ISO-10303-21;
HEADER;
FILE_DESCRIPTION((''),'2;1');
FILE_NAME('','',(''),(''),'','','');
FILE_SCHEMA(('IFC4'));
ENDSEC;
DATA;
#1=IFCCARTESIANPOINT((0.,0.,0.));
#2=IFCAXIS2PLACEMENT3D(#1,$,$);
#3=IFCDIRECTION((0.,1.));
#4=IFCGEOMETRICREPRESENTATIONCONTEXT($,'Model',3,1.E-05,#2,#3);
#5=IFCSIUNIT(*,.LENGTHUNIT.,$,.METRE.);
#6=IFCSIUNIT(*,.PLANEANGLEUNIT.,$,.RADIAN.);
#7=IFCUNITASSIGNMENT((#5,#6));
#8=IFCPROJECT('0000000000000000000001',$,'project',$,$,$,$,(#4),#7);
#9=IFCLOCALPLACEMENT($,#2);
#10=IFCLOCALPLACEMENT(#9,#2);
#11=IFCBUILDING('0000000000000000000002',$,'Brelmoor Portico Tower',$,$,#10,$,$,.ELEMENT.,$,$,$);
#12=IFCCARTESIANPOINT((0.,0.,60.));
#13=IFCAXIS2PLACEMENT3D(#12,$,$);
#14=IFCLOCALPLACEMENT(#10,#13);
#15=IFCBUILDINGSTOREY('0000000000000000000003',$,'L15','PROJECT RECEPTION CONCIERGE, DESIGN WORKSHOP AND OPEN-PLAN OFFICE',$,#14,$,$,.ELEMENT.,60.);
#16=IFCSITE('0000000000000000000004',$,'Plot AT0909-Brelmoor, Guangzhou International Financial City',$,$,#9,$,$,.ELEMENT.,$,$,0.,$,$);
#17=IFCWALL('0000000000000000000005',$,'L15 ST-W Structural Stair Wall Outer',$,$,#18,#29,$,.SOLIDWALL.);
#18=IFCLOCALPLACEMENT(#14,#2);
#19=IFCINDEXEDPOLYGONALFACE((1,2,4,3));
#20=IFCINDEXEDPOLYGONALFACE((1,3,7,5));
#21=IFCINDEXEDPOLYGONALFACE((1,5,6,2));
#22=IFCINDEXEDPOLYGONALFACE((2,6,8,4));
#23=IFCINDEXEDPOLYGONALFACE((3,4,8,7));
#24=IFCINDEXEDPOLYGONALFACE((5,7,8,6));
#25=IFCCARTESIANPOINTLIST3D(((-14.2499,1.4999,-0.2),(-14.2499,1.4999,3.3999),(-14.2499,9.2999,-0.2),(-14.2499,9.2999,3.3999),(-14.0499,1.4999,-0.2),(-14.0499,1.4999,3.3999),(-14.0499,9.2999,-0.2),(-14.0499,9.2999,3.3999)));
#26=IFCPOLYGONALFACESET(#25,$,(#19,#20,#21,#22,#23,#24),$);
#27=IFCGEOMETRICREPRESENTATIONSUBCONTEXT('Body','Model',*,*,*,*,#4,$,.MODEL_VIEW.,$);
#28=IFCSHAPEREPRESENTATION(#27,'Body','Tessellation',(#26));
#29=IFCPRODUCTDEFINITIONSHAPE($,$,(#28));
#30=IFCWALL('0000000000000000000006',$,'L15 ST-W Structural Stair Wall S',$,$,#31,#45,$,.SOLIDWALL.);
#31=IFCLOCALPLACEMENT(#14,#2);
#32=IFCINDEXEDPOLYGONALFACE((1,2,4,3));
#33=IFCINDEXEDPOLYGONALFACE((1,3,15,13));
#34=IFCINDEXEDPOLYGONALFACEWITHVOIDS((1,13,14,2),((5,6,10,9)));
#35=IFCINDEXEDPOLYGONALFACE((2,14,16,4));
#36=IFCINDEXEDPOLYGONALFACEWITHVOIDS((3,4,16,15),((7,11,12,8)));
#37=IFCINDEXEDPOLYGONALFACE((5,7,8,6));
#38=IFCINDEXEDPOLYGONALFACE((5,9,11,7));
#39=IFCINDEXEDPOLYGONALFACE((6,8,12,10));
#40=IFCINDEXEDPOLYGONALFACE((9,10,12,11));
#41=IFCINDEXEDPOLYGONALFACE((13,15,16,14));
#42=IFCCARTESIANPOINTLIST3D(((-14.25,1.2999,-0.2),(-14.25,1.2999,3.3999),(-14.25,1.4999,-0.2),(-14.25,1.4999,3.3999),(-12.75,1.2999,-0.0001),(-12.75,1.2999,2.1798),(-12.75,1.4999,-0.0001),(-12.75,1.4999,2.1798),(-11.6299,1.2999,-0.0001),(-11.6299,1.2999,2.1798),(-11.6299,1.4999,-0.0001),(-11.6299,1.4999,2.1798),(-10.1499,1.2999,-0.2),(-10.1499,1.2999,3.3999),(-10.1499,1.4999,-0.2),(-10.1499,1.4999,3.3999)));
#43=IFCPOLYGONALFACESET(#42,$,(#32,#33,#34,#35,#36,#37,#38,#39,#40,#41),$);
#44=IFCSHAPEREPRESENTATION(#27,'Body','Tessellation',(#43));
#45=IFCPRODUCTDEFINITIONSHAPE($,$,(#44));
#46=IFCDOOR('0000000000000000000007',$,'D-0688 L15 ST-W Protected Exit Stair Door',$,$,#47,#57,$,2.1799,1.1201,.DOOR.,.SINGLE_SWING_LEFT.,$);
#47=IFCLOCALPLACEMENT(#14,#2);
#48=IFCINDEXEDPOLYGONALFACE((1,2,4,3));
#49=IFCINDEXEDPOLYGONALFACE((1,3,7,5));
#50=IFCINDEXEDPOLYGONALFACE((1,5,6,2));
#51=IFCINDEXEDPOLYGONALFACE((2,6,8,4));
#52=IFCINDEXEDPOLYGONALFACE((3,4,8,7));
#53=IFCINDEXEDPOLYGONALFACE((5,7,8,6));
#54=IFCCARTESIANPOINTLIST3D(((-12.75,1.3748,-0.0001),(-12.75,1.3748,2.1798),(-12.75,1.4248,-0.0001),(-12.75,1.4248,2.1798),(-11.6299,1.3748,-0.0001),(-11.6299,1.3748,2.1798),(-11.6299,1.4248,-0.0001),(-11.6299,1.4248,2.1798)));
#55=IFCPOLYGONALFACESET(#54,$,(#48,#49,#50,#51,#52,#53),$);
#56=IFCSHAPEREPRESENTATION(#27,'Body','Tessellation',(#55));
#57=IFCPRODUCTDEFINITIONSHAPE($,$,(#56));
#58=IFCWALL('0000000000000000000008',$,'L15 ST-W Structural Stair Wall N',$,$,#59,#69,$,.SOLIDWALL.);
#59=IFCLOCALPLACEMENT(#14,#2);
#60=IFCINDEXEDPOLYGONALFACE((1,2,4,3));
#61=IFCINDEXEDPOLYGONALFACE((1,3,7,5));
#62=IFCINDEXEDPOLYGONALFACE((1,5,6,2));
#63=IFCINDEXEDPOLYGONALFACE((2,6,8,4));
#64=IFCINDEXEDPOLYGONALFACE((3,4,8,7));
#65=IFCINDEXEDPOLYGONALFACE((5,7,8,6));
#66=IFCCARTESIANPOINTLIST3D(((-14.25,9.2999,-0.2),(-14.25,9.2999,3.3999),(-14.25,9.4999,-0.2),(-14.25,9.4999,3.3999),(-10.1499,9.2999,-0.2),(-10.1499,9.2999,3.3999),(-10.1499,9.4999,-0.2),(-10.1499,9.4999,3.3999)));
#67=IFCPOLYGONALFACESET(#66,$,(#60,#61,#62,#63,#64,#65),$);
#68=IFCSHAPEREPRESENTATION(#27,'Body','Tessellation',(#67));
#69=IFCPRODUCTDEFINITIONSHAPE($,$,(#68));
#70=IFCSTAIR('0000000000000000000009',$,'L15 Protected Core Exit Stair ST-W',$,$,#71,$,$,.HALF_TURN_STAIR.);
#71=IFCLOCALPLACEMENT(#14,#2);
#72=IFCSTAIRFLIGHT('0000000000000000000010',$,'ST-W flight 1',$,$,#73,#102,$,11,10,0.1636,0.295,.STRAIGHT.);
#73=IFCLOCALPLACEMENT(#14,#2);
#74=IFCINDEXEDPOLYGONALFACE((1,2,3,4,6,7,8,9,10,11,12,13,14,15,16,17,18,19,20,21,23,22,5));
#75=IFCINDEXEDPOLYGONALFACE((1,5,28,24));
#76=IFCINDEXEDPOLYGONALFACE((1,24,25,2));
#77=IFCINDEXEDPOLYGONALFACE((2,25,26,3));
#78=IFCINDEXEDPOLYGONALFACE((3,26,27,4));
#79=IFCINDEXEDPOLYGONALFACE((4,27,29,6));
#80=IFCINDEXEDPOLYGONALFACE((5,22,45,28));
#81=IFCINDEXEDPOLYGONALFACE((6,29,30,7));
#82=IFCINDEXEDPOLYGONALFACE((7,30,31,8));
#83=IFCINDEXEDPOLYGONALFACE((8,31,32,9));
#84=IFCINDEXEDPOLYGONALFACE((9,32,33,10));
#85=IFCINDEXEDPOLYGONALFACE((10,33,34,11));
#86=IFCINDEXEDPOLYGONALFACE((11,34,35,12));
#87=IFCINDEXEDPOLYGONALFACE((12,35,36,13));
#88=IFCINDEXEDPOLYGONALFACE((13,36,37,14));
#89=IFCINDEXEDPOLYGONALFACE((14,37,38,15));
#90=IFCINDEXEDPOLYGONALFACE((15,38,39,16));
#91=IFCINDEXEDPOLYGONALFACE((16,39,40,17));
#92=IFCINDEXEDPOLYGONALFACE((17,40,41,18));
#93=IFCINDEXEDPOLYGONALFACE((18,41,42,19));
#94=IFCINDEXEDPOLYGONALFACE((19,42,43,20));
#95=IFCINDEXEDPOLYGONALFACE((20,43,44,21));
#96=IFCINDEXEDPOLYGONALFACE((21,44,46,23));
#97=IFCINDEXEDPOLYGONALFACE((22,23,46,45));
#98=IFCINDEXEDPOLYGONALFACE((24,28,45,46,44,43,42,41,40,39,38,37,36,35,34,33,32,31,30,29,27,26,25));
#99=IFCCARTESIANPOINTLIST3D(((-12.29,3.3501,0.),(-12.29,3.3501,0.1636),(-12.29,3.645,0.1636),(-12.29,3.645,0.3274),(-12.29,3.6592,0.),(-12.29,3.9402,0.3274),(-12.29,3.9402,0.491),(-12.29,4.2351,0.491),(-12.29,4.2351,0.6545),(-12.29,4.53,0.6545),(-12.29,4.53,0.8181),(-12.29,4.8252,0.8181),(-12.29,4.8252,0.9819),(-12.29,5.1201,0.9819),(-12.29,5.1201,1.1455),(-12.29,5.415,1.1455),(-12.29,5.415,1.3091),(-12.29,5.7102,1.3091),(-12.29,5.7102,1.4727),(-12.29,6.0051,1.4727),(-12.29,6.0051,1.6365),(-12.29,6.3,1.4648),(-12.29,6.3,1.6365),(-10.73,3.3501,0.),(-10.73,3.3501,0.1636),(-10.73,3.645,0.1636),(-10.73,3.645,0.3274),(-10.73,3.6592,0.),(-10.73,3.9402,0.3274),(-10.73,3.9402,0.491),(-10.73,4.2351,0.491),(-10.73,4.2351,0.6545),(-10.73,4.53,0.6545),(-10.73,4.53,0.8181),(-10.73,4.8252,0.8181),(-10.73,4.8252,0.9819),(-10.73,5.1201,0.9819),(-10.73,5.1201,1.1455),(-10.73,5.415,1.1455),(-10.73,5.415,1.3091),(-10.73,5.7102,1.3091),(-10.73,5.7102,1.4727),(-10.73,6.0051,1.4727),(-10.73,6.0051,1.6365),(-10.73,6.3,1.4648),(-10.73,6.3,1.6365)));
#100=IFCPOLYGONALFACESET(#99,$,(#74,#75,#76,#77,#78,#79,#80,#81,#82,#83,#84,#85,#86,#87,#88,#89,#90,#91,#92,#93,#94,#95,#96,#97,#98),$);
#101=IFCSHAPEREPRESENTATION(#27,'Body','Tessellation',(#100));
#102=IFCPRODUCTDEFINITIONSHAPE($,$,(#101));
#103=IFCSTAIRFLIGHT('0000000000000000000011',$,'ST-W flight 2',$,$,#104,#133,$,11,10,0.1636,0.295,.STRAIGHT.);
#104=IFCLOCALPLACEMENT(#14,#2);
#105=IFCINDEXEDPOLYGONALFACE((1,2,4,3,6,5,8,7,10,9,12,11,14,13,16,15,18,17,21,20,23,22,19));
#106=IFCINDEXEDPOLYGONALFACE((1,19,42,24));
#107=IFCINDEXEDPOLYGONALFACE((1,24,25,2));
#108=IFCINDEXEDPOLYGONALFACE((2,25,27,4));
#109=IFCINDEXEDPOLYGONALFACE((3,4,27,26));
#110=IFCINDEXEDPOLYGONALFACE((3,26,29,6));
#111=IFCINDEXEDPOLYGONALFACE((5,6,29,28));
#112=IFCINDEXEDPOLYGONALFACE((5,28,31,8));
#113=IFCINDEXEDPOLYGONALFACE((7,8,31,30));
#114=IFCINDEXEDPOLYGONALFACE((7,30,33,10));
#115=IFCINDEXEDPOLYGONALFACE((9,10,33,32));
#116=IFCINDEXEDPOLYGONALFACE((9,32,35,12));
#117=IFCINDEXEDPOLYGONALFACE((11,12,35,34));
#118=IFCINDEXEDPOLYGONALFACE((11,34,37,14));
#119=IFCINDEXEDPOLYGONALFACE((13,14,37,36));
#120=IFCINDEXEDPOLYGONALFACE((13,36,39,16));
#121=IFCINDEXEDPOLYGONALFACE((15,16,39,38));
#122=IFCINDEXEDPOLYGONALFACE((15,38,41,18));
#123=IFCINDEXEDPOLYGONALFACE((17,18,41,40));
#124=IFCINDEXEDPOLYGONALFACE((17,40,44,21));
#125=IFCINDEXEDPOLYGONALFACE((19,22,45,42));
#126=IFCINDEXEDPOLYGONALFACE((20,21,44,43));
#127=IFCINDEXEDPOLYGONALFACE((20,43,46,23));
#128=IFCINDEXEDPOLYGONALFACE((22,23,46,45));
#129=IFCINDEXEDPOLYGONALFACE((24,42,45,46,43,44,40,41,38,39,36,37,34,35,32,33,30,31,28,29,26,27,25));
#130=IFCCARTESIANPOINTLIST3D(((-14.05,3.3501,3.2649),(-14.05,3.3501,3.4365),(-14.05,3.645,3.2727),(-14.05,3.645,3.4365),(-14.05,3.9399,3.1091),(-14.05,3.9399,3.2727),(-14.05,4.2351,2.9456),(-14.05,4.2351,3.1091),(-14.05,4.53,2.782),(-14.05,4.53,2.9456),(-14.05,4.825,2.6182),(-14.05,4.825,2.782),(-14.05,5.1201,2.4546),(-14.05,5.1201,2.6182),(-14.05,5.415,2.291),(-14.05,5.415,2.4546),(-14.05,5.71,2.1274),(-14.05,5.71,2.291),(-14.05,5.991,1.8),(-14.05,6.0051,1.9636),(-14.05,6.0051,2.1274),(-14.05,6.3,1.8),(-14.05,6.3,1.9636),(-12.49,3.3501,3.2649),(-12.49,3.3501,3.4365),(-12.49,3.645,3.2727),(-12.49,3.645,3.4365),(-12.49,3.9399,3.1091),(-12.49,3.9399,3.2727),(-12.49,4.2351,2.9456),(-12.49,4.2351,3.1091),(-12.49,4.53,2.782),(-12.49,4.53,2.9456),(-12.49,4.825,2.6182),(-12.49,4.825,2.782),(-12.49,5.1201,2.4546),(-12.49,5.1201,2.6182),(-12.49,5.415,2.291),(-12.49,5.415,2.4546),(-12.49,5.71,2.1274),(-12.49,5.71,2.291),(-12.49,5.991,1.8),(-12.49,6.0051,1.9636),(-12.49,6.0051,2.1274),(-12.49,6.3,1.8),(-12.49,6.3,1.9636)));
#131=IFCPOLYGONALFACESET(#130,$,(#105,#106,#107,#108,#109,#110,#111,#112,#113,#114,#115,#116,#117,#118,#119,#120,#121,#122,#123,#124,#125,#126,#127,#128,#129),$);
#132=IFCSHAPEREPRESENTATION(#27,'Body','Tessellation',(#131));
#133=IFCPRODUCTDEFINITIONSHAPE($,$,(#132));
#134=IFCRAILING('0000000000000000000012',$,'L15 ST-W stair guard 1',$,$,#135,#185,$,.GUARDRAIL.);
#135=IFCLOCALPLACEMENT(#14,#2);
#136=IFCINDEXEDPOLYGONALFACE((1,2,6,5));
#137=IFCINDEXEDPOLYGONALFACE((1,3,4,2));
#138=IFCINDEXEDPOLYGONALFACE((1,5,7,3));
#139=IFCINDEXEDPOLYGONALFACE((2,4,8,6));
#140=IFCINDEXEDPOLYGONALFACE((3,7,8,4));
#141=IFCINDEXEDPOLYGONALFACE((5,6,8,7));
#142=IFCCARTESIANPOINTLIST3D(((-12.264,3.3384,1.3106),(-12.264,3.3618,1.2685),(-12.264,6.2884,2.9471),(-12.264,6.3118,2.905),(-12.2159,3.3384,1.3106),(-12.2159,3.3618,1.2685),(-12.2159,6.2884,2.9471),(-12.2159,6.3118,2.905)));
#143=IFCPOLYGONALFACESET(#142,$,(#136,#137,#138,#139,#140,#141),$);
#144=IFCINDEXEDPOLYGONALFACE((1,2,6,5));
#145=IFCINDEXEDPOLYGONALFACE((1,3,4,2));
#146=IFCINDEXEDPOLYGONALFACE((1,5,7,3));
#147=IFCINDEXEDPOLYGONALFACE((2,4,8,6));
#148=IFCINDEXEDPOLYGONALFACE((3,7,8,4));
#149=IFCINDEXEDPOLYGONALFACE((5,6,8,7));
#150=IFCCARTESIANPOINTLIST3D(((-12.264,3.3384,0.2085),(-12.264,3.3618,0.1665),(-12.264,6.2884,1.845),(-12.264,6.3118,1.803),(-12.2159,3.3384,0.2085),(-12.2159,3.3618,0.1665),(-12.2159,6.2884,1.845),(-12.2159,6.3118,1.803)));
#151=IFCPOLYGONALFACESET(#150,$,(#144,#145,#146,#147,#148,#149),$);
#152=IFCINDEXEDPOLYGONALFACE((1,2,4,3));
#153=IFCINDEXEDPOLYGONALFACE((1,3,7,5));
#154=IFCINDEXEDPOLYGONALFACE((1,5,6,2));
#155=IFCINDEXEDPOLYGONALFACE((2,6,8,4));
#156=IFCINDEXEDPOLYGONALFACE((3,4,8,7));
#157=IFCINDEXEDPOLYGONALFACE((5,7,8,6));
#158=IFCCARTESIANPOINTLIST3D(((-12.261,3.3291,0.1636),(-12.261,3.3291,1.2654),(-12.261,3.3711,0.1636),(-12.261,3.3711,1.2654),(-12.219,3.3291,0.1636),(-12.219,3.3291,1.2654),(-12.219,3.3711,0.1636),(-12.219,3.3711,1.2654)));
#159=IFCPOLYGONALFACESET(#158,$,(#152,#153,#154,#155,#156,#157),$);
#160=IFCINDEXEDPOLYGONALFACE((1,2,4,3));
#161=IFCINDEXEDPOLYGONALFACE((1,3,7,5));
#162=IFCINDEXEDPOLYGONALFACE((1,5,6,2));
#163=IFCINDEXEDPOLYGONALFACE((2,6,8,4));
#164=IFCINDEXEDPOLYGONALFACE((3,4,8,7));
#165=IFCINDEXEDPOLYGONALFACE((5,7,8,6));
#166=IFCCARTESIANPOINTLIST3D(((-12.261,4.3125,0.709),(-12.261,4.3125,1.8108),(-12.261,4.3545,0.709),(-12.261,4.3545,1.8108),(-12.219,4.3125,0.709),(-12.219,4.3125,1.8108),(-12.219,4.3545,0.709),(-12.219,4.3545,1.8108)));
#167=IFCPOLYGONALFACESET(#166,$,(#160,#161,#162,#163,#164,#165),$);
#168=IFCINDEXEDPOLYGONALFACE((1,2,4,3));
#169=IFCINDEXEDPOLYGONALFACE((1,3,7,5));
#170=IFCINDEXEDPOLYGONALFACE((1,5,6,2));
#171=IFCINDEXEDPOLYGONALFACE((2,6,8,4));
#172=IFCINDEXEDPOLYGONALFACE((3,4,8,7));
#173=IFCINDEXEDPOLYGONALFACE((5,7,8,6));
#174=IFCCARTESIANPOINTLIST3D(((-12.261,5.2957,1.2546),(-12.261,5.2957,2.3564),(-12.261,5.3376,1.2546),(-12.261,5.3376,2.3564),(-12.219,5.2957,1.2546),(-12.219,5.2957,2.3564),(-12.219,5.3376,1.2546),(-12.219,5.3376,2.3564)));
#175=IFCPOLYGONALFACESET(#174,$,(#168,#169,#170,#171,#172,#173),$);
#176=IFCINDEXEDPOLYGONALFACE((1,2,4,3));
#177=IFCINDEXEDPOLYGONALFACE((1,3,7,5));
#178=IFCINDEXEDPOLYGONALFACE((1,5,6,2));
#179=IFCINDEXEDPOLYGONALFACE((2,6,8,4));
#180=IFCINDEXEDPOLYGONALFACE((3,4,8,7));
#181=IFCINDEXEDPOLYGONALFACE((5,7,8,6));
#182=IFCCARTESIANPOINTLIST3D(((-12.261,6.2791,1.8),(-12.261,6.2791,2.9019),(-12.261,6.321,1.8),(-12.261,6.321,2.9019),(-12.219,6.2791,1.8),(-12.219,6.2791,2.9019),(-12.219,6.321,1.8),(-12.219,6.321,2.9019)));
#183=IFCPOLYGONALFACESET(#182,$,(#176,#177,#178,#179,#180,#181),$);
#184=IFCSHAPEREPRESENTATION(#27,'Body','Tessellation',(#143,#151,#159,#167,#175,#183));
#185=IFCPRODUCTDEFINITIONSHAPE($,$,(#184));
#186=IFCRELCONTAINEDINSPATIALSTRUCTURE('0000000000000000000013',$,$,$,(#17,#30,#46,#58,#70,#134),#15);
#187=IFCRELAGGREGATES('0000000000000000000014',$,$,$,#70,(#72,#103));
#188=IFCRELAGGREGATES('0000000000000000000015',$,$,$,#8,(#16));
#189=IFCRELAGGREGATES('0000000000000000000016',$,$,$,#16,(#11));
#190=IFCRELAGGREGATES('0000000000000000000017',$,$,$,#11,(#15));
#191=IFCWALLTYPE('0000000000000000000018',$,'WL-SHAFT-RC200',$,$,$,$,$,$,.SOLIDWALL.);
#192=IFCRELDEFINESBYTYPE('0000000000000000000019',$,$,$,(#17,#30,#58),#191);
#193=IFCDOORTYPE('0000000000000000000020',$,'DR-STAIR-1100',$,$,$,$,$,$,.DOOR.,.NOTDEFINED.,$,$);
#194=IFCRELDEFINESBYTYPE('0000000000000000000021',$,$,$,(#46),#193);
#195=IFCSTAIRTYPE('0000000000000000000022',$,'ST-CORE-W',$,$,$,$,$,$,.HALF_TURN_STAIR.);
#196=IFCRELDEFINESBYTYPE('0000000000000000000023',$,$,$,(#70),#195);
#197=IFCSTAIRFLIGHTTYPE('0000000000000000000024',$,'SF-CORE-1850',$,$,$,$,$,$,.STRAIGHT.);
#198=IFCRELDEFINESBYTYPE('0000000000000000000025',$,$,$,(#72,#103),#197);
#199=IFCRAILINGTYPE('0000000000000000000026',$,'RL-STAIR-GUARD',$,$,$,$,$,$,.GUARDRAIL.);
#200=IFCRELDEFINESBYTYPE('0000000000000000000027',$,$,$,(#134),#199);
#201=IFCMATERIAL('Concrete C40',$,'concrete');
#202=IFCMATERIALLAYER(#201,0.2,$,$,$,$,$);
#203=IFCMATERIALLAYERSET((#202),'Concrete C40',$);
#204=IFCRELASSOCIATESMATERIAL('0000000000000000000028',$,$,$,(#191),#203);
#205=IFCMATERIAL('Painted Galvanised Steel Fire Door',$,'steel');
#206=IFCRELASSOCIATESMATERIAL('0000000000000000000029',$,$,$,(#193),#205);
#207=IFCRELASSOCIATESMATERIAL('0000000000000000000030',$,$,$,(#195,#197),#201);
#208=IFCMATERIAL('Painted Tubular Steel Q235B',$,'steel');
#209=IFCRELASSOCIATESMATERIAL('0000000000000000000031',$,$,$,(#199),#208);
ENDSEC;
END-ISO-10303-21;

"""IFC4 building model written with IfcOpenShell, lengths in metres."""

from ifc_helpers import new_model, si_unit, direction, frame, frame_2d, origin, origin_2d, place, context, subcontext, project, spatial, polyline, rectangle, outline, extrude, material, layer, layer_set, type_object, element, fill, aggregate, save


model = new_model("IFC4")

# Units and contexts
model_context = context("Model", 3, precision=1e-05, world=origin(), true_north=direction((0.0, 1.0)))
body_context = subcontext(model_context, "Body", "Model", "MODEL_VIEW")
ifc_project = project(units=[si_unit("LENGTHUNIT", "METRE"), si_unit("PLANEANGLEUNIT", "RADIAN")], contexts=[model_context])

# Site, building, storey
site_placement = place(None, origin())
site = spatial("IfcSite", under=ifc_project, at=site_placement, Name="Plot AT0909-Brelmoor, Guangzhou International Financial City", CompositionType="ELEMENT", RefElevation=0.0)
building_placement = place(site_placement, origin())
building = spatial("IfcBuilding", under=site, at=building_placement, Name="Brelmoor Portico Tower", CompositionType="ELEMENT")
storey_placement = place(building_placement, frame((0.0, 0.0, 60.0)))
storey = spatial("IfcBuildingStorey", under=building, at=storey_placement, Name="L15", Description="PROJECT RECEPTION CONCIERGE, DESIGN WORKSHOP AND OPEN-PLAN OFFICE", CompositionType="ELEMENT", Elevation=60.0)

# Wall
ifc_material_1 = material(Name="Concrete C40", Category="concrete")
ifc_layer_1 = layer(ifc_material_1, 0.2)
ifc_layer_set_1 = layer_set([ifc_layer_1], Name="Concrete C40")
wall_type_1 = type_object("IfcWallType", Name="WL-SHAFT-RC200", PredefinedType="SOLIDWALL", material=ifc_layer_set_1)
wall_1_placement = place(storey_placement, frame((-14.1499, 1.5, -0.2), z_axis=(0.0, 0.0, 1.0), x_axis=(0.0, 1.0, 0.0)))
element("IfcWall", 1, at=wall_1_placement, inside=storey, type_object=wall_type_1, Name="L15 ST-W Structural Stair Wall Outer", PredefinedType="SOLIDWALL", context=body_context, shape_type="SweptSolid", body=[
    extrude(rectangle(XDim=7.8, YDim=0.2, at=frame_2d((3.8999, 0.0))), origin(), (0.0, 0.0, 1.0), 3.5999),
])

# Wall, opening, door
wall_2_placement = place(storey_placement, frame((-14.25, 1.3999, -0.2), z_axis=(0.0, 0.0, 1.0), x_axis=(1.0, 0.0, 0.0)))
wall_2 = element("IfcWall", 2, at=wall_2_placement, inside=storey, type_object=wall_type_1, Name="L15 ST-W Structural Stair Wall S", PredefinedType="SOLIDWALL", context=body_context, shape_type="SweptSolid", body=[
    extrude(rectangle(XDim=4.1001, YDim=0.2, at=frame_2d((2.05, 0.0))), origin(), (0.0, 0.0, 1.0), 3.5999),
])
opening_placement = place(wall_2_placement, frame((1.5, 0.0, 0.2)))
opening = element("IfcOpeningElement", 3, at=opening_placement, cuts=wall_2, PredefinedType="OPENING", context=body_context, shape_type="SweptSolid", body=[
    extrude(rectangle(XDim=1.1201, YDim=2.1799, at=frame_2d((0.5601, 1.0898))), frame((0.0, 0.1099, 0.0), z_axis=(0.0, -1.0, 0.0), x_axis=(1.0, 0.0, 0.0)), (0.0, 0.0, 1.0), 0.22),
])
ifc_material_2 = material(Name="Painted Galvanised Steel Fire Door", Category="steel")
door_type = type_object("IfcDoorType", Name="DR-STAIR-1100", OperationType="NOTDEFINED", PredefinedType="DOOR", material=ifc_material_2)
door_placement = place(opening_placement, origin())
door = element("IfcDoor", 4, at=door_placement, inside=storey, type_object=door_type, Name="D-0688 L15 ST-W Protected Exit Stair Door", OperationType="SINGLE_SWING_LEFT", OverallHeight=2.1799, OverallWidth=1.1201, PredefinedType="DOOR", context=body_context, shape_type="SweptSolid", body=[
    extrude(rectangle(XDim=1.1201, YDim=2.1799, at=frame_2d((0.5601, 1.0898))), frame((0.0, 0.0249, 0.0), z_axis=(0.0, -1.0, 0.0), x_axis=(1.0, 0.0, 0.0)), (0.0, 0.0, 1.0), 0.05),
])
fill(opening, door)

# Wall
wall_3_placement = place(storey_placement, frame((-14.25, 9.3999, -0.2), z_axis=(0.0, 0.0, 1.0), x_axis=(1.0, 0.0, 0.0)))
element("IfcWall", 5, at=wall_3_placement, inside=storey, type_object=wall_type_1, Name="L15 ST-W Structural Stair Wall N", PredefinedType="SOLIDWALL", context=body_context, shape_type="SweptSolid", body=[
    extrude(rectangle(XDim=4.1001, YDim=0.2, at=frame_2d((2.05, 0.0))), origin(), (0.0, 0.0, 1.0), 3.5999),
])

# Stair, stair flights
stair_type = type_object("IfcStairType", Name="ST-CORE-W", PredefinedType="HALF_TURN_STAIR", material=ifc_material_1)
stair_placement = place(storey_placement, origin())
stair = element("IfcStair", 6, at=stair_placement, inside=storey, type_object=stair_type, Name="L15 Protected Core Exit Stair ST-W", PredefinedType="HALF_TURN_STAIR")
stair_flight_type = type_object("IfcStairFlightType", Name="SF-CORE-1850", PredefinedType="STRAIGHT", material=ifc_material_1)
stair_flight_1_placement = place(storey_placement, frame((-11.51, 3.3501, 0.0), z_axis=(0.0, 0.0, 1.0), x_axis=(0.0, 1.0, 0.0)))
stair_flight_1 = element("IfcStairFlight", 7, at=stair_flight_1_placement, type_object=stair_flight_type, Name="ST-W flight 1", NumberOfRisers=11, NumberOfTreads=10, PredefinedType="STRAIGHT", RiserHeight=0.1636, TreadLength=0.295, context=body_context, shape_type="SweptSolid", body=[
    extrude(outline(polyline([(0.0, 0.0), (0.0, 0.1636), (0.2949, 0.1636), (0.2949, 0.3274), (0.5901, 0.3274), (0.5901, 0.491), (0.885, 0.491), (0.885, 0.6545), (1.1799, 0.6545), (1.1799, 0.8181), (1.4751, 0.8181), (1.4751, 0.9819), (1.77, 0.9819), (1.77, 1.1455), (2.0649, 1.1455), (2.0649, 1.3091), (2.3601, 1.3091), (2.3601, 1.4727), (2.655, 1.4727), (2.655, 1.6365), (2.95, 1.6365), (2.95, 1.8), (2.95, 1.4648), (0.3091, 0.0), (0.0, 0.0)])), frame((0.0, 0.78, 0.0), z_axis=(0.0, -1.0, 0.0), x_axis=(1.0, 0.0, 0.0)), (0.0, 0.0, 1.0), 1.5601),
])
stair_flight_2_placement = place(storey_placement, frame((-13.27, 6.3, 1.8), z_axis=(0.0, 0.0, 1.0), x_axis=(0.0, -1.0, 0.0)))
stair_flight_2 = element("IfcStairFlight", 8, at=stair_flight_2_placement, type_object=stair_flight_type, Name="ST-W flight 2", NumberOfRisers=11, NumberOfTreads=10, PredefinedType="STRAIGHT", RiserHeight=0.1636, TreadLength=0.295, context=body_context, shape_type="SweptSolid", body=[
    extrude(outline(polyline([(0.0, 0.0), (0.0, 0.1636), (0.2949, 0.1636), (0.2949, 0.3274), (0.5901, 0.3274), (0.5901, 0.491), (0.885, 0.491), (0.885, 0.6545), (1.1799, 0.6545), (1.1799, 0.8181), (1.4751, 0.8181), (1.4751, 0.9819), (1.77, 0.9819), (1.77, 1.1455), (2.0649, 1.1455), (2.0649, 1.3091), (2.3601, 1.3091), (2.3601, 1.4727), (2.655, 1.4727), (2.655, 1.6365), (2.95, 1.6365), (2.95, 1.8), (2.95, 1.4648), (0.3091, 0.0), (0.0, 0.0)])), frame((0.0, 0.78, 0.0), z_axis=(0.0, -1.0, 0.0), x_axis=(1.0, 0.0, 0.0)), (0.0, 0.0, 1.0), 1.5601),
])
aggregate(stair, [stair_flight_1, stair_flight_2])

# Railing
ifc_material_3 = material(Name="Painted Tubular Steel Q235B", Category="steel")
railing_type_1 = type_object("IfcRailingType", Name="RL-STAIR-GUARD", PredefinedType="GUARDRAIL", material=ifc_material_3)
railing_1_placement = place(storey_placement, frame((-12.24, 3.3501, 0.1636)))
element("IfcRailing", 9, at=railing_1_placement, inside=storey, type_object=railing_type_1, Name="L15 ST-W stair guard 1", PredefinedType="GUARDRAIL", context=body_context, shape_type="SweptSolid", body=[
    extrude(rectangle(XDim=0.0481, YDim=0.0481, at=origin_2d()), frame((0.0, 0.0, 1.126), z_axis=(0.0, 0.874458, 0.485102), x_axis=(-1.0, 0.0, 0.0)), (0.0, 0.0, 1.0), 3.3735),
    extrude(rectangle(XDim=0.0481, YDim=0.0481, at=origin_2d()), frame((0.0, 0.0, 0.0239), z_axis=(0.0, 0.874458, 0.485102), x_axis=(-1.0, 0.0, 0.0)), (0.0, 0.0, 1.0), 3.3735),
    extrude(rectangle(XDim=0.042, YDim=0.042, at=origin_2d()), origin(), (0.0, 0.0, 1.0), 1.1018),
    extrude(rectangle(XDim=0.042, YDim=0.042, at=origin_2d()), frame((0.0, 0.9834, 0.5454)), (0.0, 0.0, 1.0), 1.1018),
    extrude(rectangle(XDim=0.042, YDim=0.042, at=origin_2d()), frame((0.0, 1.9666, 1.0911)), (0.0, 0.0, 1.0), 1.1018),
    extrude(rectangle(XDim=0.042, YDim=0.042, at=origin_2d()), frame((0.0, 2.95, 1.6365)), (0.0, 0.0, 1.0), 1.1018),
])

save(model, "model.ifc")
